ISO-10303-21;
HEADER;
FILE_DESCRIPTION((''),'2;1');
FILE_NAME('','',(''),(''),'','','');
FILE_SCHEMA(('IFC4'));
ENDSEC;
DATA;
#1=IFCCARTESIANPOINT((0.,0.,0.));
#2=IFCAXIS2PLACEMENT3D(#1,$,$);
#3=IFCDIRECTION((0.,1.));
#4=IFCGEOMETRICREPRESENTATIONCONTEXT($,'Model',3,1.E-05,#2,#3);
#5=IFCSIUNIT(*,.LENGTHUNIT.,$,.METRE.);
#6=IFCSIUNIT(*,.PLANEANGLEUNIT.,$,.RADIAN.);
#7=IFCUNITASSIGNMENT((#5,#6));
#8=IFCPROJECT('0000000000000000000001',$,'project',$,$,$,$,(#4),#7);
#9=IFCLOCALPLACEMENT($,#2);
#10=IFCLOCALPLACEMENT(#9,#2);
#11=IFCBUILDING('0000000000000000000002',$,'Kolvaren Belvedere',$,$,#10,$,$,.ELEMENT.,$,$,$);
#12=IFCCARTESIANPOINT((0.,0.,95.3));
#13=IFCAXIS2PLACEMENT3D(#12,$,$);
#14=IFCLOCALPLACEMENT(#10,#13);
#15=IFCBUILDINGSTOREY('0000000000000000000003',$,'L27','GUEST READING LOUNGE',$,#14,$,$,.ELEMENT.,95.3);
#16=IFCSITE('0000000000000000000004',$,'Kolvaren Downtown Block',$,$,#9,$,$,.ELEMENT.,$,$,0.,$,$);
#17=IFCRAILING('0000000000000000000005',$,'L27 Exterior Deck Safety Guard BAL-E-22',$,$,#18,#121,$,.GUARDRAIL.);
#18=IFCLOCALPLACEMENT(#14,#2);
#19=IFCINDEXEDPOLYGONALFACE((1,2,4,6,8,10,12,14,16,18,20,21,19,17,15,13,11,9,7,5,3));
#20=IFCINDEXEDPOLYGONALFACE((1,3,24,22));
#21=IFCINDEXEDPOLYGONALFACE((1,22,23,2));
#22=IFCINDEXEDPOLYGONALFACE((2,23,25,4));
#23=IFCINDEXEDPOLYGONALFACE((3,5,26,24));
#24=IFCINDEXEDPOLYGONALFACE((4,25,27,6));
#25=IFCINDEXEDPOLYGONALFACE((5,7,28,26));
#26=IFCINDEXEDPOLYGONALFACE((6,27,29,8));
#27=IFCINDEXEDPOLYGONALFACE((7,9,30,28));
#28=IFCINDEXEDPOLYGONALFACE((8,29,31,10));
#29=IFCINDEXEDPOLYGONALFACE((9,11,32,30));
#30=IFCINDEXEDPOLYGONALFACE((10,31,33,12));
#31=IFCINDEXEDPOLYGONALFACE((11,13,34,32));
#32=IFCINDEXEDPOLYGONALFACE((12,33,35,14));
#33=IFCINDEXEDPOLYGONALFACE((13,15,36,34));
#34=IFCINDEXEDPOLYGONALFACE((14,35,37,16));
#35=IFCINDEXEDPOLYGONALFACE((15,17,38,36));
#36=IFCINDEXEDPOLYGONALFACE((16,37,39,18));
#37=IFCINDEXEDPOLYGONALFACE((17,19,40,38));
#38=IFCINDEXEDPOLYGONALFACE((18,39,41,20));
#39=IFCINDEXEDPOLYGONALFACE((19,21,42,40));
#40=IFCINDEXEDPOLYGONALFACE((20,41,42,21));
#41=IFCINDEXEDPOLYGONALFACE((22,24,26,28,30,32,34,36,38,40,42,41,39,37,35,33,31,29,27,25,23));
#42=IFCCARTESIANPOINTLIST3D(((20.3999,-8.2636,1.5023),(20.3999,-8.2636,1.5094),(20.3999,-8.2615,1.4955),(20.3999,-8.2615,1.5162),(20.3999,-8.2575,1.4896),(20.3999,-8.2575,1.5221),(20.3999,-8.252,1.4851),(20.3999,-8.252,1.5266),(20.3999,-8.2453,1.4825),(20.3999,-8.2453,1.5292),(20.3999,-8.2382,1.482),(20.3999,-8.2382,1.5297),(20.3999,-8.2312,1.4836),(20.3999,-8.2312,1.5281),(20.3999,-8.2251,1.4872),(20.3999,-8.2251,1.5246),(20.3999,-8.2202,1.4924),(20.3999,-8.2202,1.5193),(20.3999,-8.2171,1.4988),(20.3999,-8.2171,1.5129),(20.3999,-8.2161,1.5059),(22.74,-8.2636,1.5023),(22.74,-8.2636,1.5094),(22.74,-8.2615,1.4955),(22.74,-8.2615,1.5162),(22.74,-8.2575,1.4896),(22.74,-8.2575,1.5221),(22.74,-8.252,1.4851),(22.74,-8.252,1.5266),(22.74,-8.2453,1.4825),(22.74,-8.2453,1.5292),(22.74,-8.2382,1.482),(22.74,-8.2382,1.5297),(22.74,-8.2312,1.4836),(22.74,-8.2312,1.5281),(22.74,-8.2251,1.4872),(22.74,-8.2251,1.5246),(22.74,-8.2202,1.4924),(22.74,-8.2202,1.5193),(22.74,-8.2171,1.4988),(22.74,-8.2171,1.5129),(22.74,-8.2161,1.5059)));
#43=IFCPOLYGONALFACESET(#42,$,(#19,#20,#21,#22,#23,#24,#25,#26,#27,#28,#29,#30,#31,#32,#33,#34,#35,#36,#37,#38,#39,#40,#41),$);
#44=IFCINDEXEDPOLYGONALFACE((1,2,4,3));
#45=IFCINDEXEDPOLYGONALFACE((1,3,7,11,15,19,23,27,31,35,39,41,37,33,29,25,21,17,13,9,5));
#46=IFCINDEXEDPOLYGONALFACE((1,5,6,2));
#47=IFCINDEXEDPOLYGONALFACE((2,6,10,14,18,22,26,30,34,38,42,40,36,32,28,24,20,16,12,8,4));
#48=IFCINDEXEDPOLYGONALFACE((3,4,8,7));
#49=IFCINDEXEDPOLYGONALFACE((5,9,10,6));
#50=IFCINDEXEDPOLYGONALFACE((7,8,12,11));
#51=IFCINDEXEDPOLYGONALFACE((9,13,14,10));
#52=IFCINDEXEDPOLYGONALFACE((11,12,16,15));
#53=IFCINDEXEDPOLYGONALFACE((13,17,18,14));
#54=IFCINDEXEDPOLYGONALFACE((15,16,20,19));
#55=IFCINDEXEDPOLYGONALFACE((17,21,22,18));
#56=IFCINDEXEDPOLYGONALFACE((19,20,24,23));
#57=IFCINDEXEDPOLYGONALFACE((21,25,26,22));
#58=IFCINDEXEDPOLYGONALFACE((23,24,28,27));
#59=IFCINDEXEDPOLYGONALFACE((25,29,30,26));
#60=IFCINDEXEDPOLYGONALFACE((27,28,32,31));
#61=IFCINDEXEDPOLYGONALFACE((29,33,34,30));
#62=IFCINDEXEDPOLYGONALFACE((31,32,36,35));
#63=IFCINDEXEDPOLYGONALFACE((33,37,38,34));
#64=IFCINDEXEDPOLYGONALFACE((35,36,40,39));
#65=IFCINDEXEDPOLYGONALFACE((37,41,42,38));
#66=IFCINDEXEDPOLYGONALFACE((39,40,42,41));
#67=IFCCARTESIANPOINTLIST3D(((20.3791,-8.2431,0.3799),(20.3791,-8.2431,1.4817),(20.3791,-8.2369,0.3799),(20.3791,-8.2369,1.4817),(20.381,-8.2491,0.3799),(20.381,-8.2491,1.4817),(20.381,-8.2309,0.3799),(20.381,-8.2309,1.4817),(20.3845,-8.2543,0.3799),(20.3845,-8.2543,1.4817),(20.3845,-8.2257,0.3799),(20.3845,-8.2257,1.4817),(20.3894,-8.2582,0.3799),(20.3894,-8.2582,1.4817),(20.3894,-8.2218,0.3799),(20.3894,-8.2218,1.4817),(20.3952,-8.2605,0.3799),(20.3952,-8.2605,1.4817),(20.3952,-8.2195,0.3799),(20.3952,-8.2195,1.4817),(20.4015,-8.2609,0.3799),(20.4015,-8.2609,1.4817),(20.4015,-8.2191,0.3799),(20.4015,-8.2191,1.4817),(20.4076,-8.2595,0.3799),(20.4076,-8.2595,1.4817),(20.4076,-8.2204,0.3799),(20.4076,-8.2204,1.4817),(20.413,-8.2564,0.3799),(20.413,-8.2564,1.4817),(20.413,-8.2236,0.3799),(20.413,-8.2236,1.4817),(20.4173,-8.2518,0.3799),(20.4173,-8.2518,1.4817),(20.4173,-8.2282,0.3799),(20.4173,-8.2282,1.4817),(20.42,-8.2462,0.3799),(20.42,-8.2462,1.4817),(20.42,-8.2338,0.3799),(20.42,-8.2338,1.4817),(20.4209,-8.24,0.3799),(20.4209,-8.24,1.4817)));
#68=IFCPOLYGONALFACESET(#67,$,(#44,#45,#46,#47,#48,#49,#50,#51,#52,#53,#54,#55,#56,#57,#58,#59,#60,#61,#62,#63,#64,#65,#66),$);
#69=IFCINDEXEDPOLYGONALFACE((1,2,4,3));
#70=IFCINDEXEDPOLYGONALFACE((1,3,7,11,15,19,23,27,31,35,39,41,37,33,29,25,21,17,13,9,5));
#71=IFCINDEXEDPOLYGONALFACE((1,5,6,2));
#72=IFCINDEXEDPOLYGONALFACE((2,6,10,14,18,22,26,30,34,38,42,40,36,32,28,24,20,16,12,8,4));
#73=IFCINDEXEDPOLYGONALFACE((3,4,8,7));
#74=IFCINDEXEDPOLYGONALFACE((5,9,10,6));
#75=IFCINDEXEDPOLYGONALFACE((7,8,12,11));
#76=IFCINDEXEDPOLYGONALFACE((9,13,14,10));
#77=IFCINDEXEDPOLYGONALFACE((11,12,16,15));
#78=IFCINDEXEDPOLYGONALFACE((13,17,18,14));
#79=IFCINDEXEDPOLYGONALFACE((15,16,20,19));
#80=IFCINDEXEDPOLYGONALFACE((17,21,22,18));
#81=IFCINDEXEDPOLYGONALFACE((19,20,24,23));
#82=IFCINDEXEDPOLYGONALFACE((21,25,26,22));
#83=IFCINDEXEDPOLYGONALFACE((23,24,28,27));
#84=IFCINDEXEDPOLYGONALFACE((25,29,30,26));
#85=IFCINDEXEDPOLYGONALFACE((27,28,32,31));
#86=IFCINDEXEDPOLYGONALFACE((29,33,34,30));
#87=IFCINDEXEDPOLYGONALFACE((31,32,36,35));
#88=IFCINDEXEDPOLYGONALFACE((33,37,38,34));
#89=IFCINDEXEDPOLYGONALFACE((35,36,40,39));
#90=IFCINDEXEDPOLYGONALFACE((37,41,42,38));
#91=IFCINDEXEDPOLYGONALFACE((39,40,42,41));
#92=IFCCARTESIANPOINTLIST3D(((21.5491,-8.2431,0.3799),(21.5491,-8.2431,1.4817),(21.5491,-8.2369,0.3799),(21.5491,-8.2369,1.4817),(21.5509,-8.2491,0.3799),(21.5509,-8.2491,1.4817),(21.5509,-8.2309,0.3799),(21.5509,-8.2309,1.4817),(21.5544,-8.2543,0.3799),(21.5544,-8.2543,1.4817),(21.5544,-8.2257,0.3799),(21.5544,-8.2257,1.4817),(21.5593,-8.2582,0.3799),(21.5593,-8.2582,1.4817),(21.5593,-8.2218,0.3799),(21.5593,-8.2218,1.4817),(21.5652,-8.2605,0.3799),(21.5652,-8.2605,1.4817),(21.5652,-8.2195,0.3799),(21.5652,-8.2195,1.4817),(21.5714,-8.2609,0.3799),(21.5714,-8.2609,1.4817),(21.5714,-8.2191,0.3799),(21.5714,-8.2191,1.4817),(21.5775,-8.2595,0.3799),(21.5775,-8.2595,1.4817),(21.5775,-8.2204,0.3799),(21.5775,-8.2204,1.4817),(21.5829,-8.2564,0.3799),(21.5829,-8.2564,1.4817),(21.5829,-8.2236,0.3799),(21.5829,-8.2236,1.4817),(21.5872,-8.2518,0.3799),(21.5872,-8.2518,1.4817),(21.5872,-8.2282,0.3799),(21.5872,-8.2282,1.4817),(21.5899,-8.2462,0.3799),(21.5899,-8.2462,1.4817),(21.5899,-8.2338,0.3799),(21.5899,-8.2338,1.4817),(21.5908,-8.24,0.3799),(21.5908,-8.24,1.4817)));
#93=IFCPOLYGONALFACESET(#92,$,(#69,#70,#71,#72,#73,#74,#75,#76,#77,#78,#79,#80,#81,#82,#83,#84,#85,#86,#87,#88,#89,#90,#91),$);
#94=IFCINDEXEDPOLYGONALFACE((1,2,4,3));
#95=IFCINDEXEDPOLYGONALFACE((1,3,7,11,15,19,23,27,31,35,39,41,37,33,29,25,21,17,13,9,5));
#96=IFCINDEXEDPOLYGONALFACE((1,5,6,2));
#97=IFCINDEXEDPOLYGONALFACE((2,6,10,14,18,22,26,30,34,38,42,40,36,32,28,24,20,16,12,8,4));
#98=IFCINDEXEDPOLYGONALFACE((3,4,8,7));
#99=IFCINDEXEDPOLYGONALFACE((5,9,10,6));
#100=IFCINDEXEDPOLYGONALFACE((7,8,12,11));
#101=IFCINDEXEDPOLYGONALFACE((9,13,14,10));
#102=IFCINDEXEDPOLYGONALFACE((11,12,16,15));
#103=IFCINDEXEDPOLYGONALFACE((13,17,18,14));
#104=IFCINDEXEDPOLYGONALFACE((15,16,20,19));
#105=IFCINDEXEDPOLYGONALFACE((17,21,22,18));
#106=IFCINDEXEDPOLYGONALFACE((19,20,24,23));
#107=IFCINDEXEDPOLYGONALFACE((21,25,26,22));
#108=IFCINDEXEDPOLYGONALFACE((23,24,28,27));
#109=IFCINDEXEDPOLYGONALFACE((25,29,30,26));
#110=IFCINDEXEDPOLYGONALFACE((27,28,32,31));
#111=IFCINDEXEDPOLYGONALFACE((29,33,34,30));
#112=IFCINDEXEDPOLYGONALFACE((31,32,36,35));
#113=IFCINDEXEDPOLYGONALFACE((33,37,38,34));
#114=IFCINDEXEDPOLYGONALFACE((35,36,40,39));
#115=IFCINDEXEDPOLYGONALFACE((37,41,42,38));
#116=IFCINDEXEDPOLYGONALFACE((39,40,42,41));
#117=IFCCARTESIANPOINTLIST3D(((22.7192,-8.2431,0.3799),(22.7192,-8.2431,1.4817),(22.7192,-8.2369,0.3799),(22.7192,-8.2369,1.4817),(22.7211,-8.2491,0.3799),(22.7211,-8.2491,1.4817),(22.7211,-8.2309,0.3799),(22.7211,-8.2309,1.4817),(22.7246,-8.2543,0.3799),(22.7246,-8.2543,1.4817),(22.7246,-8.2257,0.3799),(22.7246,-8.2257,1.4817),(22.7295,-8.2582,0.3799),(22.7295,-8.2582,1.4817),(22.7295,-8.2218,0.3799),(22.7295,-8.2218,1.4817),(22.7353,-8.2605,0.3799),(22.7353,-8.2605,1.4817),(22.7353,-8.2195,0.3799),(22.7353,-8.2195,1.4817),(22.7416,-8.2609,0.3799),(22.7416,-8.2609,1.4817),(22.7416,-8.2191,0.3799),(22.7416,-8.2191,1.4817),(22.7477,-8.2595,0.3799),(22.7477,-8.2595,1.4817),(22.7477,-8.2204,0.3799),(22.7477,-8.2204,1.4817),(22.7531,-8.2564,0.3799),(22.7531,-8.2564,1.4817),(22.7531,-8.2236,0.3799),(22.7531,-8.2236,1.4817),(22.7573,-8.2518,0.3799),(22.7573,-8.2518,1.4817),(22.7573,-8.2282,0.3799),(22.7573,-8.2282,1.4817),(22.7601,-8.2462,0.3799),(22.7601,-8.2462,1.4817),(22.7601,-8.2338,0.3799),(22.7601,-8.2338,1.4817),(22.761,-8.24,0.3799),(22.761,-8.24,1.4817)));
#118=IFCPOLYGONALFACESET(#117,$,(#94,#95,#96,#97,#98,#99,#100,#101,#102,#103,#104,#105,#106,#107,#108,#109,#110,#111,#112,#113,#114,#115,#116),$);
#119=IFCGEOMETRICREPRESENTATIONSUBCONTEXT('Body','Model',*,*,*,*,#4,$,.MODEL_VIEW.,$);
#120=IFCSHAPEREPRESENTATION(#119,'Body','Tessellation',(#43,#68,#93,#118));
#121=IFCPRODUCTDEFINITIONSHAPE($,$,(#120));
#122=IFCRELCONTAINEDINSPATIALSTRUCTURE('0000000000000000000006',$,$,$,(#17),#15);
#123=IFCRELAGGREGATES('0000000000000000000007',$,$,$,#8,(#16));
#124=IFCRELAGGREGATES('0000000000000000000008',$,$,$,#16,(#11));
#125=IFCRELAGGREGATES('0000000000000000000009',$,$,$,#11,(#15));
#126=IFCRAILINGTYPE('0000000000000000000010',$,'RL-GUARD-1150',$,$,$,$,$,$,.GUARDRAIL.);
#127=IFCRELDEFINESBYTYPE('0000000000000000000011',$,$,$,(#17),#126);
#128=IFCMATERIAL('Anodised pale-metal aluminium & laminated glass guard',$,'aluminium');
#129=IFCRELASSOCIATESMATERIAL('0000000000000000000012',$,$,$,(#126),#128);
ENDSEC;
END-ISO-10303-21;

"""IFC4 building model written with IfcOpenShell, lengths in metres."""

from ifc_helpers import new_model, si_unit, direction, frame, origin, origin_2d, place, context, subcontext, project, spatial, circle, extrude, material, type_object, element, save


model = new_model("IFC4")

# Units and contexts
model_context = context("Model", 3, precision=1e-05, world=origin(), true_north=direction((0.0, 1.0)))
body_context = subcontext(model_context, "Body", "Model", "MODEL_VIEW")
ifc_project = project(units=[si_unit("LENGTHUNIT", "METRE"), si_unit("PLANEANGLEUNIT", "RADIAN")], contexts=[model_context])

# Site, building, storey
site_placement = place(None, origin())
site = spatial("IfcSite", under=ifc_project, at=site_placement, Name="Kolvaren Downtown Block", CompositionType="ELEMENT", RefElevation=0.0)
building_placement = place(site_placement, origin())
building = spatial("IfcBuilding", under=site, at=building_placement, Name="Kolvaren Belvedere", CompositionType="ELEMENT")
storey_placement = place(building_placement, frame((0.0, 0.0, 95.3)))
storey = spatial("IfcBuildingStorey", under=building, at=storey_placement, Name="L27", Description="GUEST READING LOUNGE", CompositionType="ELEMENT", Elevation=95.3)

# Railing
ifc_material_1 = material(Name="Anodised pale-metal aluminium & laminated glass guard", Category="aluminium")
railing_type = type_object("IfcRailingType", Name="RL-GUARD-1150", PredefinedType="GUARDRAIL", material=ifc_material_1)
railing_1_placement = place(storey_placement, frame((20.3999, -8.24, 0.3799)))
element("IfcRailing", 1, at=railing_1_placement, inside=storey, type_object=railing_type, Name="L27 Exterior Deck Safety Guard BAL-E-22", PredefinedType="GUARDRAIL", context=body_context, shape_type="SweptSolid", body=[
    extrude(circle(Radius=0.0239, at=origin_2d()), frame((0.0, 0.0, 1.126), z_axis=(1.0, 0.0, 0.0), x_axis=(0.0, 1.0, 0.0)), (0.0, 0.0, 1.0), 2.3401),
    extrude(circle(Radius=0.021, at=origin_2d()), origin(), (0.0, 0.0, 1.0), 1.1018),
    extrude(circle(Radius=0.021, at=origin_2d()), frame((1.1699, 0.0, 0.0)), (0.0, 0.0, 1.0), 1.1018),
    extrude(circle(Radius=0.021, at=origin_2d()), frame((2.3401, 0.0, 0.0)), (0.0, 0.0, 1.0), 1.1018),
])

save(model, "model.ifc")
